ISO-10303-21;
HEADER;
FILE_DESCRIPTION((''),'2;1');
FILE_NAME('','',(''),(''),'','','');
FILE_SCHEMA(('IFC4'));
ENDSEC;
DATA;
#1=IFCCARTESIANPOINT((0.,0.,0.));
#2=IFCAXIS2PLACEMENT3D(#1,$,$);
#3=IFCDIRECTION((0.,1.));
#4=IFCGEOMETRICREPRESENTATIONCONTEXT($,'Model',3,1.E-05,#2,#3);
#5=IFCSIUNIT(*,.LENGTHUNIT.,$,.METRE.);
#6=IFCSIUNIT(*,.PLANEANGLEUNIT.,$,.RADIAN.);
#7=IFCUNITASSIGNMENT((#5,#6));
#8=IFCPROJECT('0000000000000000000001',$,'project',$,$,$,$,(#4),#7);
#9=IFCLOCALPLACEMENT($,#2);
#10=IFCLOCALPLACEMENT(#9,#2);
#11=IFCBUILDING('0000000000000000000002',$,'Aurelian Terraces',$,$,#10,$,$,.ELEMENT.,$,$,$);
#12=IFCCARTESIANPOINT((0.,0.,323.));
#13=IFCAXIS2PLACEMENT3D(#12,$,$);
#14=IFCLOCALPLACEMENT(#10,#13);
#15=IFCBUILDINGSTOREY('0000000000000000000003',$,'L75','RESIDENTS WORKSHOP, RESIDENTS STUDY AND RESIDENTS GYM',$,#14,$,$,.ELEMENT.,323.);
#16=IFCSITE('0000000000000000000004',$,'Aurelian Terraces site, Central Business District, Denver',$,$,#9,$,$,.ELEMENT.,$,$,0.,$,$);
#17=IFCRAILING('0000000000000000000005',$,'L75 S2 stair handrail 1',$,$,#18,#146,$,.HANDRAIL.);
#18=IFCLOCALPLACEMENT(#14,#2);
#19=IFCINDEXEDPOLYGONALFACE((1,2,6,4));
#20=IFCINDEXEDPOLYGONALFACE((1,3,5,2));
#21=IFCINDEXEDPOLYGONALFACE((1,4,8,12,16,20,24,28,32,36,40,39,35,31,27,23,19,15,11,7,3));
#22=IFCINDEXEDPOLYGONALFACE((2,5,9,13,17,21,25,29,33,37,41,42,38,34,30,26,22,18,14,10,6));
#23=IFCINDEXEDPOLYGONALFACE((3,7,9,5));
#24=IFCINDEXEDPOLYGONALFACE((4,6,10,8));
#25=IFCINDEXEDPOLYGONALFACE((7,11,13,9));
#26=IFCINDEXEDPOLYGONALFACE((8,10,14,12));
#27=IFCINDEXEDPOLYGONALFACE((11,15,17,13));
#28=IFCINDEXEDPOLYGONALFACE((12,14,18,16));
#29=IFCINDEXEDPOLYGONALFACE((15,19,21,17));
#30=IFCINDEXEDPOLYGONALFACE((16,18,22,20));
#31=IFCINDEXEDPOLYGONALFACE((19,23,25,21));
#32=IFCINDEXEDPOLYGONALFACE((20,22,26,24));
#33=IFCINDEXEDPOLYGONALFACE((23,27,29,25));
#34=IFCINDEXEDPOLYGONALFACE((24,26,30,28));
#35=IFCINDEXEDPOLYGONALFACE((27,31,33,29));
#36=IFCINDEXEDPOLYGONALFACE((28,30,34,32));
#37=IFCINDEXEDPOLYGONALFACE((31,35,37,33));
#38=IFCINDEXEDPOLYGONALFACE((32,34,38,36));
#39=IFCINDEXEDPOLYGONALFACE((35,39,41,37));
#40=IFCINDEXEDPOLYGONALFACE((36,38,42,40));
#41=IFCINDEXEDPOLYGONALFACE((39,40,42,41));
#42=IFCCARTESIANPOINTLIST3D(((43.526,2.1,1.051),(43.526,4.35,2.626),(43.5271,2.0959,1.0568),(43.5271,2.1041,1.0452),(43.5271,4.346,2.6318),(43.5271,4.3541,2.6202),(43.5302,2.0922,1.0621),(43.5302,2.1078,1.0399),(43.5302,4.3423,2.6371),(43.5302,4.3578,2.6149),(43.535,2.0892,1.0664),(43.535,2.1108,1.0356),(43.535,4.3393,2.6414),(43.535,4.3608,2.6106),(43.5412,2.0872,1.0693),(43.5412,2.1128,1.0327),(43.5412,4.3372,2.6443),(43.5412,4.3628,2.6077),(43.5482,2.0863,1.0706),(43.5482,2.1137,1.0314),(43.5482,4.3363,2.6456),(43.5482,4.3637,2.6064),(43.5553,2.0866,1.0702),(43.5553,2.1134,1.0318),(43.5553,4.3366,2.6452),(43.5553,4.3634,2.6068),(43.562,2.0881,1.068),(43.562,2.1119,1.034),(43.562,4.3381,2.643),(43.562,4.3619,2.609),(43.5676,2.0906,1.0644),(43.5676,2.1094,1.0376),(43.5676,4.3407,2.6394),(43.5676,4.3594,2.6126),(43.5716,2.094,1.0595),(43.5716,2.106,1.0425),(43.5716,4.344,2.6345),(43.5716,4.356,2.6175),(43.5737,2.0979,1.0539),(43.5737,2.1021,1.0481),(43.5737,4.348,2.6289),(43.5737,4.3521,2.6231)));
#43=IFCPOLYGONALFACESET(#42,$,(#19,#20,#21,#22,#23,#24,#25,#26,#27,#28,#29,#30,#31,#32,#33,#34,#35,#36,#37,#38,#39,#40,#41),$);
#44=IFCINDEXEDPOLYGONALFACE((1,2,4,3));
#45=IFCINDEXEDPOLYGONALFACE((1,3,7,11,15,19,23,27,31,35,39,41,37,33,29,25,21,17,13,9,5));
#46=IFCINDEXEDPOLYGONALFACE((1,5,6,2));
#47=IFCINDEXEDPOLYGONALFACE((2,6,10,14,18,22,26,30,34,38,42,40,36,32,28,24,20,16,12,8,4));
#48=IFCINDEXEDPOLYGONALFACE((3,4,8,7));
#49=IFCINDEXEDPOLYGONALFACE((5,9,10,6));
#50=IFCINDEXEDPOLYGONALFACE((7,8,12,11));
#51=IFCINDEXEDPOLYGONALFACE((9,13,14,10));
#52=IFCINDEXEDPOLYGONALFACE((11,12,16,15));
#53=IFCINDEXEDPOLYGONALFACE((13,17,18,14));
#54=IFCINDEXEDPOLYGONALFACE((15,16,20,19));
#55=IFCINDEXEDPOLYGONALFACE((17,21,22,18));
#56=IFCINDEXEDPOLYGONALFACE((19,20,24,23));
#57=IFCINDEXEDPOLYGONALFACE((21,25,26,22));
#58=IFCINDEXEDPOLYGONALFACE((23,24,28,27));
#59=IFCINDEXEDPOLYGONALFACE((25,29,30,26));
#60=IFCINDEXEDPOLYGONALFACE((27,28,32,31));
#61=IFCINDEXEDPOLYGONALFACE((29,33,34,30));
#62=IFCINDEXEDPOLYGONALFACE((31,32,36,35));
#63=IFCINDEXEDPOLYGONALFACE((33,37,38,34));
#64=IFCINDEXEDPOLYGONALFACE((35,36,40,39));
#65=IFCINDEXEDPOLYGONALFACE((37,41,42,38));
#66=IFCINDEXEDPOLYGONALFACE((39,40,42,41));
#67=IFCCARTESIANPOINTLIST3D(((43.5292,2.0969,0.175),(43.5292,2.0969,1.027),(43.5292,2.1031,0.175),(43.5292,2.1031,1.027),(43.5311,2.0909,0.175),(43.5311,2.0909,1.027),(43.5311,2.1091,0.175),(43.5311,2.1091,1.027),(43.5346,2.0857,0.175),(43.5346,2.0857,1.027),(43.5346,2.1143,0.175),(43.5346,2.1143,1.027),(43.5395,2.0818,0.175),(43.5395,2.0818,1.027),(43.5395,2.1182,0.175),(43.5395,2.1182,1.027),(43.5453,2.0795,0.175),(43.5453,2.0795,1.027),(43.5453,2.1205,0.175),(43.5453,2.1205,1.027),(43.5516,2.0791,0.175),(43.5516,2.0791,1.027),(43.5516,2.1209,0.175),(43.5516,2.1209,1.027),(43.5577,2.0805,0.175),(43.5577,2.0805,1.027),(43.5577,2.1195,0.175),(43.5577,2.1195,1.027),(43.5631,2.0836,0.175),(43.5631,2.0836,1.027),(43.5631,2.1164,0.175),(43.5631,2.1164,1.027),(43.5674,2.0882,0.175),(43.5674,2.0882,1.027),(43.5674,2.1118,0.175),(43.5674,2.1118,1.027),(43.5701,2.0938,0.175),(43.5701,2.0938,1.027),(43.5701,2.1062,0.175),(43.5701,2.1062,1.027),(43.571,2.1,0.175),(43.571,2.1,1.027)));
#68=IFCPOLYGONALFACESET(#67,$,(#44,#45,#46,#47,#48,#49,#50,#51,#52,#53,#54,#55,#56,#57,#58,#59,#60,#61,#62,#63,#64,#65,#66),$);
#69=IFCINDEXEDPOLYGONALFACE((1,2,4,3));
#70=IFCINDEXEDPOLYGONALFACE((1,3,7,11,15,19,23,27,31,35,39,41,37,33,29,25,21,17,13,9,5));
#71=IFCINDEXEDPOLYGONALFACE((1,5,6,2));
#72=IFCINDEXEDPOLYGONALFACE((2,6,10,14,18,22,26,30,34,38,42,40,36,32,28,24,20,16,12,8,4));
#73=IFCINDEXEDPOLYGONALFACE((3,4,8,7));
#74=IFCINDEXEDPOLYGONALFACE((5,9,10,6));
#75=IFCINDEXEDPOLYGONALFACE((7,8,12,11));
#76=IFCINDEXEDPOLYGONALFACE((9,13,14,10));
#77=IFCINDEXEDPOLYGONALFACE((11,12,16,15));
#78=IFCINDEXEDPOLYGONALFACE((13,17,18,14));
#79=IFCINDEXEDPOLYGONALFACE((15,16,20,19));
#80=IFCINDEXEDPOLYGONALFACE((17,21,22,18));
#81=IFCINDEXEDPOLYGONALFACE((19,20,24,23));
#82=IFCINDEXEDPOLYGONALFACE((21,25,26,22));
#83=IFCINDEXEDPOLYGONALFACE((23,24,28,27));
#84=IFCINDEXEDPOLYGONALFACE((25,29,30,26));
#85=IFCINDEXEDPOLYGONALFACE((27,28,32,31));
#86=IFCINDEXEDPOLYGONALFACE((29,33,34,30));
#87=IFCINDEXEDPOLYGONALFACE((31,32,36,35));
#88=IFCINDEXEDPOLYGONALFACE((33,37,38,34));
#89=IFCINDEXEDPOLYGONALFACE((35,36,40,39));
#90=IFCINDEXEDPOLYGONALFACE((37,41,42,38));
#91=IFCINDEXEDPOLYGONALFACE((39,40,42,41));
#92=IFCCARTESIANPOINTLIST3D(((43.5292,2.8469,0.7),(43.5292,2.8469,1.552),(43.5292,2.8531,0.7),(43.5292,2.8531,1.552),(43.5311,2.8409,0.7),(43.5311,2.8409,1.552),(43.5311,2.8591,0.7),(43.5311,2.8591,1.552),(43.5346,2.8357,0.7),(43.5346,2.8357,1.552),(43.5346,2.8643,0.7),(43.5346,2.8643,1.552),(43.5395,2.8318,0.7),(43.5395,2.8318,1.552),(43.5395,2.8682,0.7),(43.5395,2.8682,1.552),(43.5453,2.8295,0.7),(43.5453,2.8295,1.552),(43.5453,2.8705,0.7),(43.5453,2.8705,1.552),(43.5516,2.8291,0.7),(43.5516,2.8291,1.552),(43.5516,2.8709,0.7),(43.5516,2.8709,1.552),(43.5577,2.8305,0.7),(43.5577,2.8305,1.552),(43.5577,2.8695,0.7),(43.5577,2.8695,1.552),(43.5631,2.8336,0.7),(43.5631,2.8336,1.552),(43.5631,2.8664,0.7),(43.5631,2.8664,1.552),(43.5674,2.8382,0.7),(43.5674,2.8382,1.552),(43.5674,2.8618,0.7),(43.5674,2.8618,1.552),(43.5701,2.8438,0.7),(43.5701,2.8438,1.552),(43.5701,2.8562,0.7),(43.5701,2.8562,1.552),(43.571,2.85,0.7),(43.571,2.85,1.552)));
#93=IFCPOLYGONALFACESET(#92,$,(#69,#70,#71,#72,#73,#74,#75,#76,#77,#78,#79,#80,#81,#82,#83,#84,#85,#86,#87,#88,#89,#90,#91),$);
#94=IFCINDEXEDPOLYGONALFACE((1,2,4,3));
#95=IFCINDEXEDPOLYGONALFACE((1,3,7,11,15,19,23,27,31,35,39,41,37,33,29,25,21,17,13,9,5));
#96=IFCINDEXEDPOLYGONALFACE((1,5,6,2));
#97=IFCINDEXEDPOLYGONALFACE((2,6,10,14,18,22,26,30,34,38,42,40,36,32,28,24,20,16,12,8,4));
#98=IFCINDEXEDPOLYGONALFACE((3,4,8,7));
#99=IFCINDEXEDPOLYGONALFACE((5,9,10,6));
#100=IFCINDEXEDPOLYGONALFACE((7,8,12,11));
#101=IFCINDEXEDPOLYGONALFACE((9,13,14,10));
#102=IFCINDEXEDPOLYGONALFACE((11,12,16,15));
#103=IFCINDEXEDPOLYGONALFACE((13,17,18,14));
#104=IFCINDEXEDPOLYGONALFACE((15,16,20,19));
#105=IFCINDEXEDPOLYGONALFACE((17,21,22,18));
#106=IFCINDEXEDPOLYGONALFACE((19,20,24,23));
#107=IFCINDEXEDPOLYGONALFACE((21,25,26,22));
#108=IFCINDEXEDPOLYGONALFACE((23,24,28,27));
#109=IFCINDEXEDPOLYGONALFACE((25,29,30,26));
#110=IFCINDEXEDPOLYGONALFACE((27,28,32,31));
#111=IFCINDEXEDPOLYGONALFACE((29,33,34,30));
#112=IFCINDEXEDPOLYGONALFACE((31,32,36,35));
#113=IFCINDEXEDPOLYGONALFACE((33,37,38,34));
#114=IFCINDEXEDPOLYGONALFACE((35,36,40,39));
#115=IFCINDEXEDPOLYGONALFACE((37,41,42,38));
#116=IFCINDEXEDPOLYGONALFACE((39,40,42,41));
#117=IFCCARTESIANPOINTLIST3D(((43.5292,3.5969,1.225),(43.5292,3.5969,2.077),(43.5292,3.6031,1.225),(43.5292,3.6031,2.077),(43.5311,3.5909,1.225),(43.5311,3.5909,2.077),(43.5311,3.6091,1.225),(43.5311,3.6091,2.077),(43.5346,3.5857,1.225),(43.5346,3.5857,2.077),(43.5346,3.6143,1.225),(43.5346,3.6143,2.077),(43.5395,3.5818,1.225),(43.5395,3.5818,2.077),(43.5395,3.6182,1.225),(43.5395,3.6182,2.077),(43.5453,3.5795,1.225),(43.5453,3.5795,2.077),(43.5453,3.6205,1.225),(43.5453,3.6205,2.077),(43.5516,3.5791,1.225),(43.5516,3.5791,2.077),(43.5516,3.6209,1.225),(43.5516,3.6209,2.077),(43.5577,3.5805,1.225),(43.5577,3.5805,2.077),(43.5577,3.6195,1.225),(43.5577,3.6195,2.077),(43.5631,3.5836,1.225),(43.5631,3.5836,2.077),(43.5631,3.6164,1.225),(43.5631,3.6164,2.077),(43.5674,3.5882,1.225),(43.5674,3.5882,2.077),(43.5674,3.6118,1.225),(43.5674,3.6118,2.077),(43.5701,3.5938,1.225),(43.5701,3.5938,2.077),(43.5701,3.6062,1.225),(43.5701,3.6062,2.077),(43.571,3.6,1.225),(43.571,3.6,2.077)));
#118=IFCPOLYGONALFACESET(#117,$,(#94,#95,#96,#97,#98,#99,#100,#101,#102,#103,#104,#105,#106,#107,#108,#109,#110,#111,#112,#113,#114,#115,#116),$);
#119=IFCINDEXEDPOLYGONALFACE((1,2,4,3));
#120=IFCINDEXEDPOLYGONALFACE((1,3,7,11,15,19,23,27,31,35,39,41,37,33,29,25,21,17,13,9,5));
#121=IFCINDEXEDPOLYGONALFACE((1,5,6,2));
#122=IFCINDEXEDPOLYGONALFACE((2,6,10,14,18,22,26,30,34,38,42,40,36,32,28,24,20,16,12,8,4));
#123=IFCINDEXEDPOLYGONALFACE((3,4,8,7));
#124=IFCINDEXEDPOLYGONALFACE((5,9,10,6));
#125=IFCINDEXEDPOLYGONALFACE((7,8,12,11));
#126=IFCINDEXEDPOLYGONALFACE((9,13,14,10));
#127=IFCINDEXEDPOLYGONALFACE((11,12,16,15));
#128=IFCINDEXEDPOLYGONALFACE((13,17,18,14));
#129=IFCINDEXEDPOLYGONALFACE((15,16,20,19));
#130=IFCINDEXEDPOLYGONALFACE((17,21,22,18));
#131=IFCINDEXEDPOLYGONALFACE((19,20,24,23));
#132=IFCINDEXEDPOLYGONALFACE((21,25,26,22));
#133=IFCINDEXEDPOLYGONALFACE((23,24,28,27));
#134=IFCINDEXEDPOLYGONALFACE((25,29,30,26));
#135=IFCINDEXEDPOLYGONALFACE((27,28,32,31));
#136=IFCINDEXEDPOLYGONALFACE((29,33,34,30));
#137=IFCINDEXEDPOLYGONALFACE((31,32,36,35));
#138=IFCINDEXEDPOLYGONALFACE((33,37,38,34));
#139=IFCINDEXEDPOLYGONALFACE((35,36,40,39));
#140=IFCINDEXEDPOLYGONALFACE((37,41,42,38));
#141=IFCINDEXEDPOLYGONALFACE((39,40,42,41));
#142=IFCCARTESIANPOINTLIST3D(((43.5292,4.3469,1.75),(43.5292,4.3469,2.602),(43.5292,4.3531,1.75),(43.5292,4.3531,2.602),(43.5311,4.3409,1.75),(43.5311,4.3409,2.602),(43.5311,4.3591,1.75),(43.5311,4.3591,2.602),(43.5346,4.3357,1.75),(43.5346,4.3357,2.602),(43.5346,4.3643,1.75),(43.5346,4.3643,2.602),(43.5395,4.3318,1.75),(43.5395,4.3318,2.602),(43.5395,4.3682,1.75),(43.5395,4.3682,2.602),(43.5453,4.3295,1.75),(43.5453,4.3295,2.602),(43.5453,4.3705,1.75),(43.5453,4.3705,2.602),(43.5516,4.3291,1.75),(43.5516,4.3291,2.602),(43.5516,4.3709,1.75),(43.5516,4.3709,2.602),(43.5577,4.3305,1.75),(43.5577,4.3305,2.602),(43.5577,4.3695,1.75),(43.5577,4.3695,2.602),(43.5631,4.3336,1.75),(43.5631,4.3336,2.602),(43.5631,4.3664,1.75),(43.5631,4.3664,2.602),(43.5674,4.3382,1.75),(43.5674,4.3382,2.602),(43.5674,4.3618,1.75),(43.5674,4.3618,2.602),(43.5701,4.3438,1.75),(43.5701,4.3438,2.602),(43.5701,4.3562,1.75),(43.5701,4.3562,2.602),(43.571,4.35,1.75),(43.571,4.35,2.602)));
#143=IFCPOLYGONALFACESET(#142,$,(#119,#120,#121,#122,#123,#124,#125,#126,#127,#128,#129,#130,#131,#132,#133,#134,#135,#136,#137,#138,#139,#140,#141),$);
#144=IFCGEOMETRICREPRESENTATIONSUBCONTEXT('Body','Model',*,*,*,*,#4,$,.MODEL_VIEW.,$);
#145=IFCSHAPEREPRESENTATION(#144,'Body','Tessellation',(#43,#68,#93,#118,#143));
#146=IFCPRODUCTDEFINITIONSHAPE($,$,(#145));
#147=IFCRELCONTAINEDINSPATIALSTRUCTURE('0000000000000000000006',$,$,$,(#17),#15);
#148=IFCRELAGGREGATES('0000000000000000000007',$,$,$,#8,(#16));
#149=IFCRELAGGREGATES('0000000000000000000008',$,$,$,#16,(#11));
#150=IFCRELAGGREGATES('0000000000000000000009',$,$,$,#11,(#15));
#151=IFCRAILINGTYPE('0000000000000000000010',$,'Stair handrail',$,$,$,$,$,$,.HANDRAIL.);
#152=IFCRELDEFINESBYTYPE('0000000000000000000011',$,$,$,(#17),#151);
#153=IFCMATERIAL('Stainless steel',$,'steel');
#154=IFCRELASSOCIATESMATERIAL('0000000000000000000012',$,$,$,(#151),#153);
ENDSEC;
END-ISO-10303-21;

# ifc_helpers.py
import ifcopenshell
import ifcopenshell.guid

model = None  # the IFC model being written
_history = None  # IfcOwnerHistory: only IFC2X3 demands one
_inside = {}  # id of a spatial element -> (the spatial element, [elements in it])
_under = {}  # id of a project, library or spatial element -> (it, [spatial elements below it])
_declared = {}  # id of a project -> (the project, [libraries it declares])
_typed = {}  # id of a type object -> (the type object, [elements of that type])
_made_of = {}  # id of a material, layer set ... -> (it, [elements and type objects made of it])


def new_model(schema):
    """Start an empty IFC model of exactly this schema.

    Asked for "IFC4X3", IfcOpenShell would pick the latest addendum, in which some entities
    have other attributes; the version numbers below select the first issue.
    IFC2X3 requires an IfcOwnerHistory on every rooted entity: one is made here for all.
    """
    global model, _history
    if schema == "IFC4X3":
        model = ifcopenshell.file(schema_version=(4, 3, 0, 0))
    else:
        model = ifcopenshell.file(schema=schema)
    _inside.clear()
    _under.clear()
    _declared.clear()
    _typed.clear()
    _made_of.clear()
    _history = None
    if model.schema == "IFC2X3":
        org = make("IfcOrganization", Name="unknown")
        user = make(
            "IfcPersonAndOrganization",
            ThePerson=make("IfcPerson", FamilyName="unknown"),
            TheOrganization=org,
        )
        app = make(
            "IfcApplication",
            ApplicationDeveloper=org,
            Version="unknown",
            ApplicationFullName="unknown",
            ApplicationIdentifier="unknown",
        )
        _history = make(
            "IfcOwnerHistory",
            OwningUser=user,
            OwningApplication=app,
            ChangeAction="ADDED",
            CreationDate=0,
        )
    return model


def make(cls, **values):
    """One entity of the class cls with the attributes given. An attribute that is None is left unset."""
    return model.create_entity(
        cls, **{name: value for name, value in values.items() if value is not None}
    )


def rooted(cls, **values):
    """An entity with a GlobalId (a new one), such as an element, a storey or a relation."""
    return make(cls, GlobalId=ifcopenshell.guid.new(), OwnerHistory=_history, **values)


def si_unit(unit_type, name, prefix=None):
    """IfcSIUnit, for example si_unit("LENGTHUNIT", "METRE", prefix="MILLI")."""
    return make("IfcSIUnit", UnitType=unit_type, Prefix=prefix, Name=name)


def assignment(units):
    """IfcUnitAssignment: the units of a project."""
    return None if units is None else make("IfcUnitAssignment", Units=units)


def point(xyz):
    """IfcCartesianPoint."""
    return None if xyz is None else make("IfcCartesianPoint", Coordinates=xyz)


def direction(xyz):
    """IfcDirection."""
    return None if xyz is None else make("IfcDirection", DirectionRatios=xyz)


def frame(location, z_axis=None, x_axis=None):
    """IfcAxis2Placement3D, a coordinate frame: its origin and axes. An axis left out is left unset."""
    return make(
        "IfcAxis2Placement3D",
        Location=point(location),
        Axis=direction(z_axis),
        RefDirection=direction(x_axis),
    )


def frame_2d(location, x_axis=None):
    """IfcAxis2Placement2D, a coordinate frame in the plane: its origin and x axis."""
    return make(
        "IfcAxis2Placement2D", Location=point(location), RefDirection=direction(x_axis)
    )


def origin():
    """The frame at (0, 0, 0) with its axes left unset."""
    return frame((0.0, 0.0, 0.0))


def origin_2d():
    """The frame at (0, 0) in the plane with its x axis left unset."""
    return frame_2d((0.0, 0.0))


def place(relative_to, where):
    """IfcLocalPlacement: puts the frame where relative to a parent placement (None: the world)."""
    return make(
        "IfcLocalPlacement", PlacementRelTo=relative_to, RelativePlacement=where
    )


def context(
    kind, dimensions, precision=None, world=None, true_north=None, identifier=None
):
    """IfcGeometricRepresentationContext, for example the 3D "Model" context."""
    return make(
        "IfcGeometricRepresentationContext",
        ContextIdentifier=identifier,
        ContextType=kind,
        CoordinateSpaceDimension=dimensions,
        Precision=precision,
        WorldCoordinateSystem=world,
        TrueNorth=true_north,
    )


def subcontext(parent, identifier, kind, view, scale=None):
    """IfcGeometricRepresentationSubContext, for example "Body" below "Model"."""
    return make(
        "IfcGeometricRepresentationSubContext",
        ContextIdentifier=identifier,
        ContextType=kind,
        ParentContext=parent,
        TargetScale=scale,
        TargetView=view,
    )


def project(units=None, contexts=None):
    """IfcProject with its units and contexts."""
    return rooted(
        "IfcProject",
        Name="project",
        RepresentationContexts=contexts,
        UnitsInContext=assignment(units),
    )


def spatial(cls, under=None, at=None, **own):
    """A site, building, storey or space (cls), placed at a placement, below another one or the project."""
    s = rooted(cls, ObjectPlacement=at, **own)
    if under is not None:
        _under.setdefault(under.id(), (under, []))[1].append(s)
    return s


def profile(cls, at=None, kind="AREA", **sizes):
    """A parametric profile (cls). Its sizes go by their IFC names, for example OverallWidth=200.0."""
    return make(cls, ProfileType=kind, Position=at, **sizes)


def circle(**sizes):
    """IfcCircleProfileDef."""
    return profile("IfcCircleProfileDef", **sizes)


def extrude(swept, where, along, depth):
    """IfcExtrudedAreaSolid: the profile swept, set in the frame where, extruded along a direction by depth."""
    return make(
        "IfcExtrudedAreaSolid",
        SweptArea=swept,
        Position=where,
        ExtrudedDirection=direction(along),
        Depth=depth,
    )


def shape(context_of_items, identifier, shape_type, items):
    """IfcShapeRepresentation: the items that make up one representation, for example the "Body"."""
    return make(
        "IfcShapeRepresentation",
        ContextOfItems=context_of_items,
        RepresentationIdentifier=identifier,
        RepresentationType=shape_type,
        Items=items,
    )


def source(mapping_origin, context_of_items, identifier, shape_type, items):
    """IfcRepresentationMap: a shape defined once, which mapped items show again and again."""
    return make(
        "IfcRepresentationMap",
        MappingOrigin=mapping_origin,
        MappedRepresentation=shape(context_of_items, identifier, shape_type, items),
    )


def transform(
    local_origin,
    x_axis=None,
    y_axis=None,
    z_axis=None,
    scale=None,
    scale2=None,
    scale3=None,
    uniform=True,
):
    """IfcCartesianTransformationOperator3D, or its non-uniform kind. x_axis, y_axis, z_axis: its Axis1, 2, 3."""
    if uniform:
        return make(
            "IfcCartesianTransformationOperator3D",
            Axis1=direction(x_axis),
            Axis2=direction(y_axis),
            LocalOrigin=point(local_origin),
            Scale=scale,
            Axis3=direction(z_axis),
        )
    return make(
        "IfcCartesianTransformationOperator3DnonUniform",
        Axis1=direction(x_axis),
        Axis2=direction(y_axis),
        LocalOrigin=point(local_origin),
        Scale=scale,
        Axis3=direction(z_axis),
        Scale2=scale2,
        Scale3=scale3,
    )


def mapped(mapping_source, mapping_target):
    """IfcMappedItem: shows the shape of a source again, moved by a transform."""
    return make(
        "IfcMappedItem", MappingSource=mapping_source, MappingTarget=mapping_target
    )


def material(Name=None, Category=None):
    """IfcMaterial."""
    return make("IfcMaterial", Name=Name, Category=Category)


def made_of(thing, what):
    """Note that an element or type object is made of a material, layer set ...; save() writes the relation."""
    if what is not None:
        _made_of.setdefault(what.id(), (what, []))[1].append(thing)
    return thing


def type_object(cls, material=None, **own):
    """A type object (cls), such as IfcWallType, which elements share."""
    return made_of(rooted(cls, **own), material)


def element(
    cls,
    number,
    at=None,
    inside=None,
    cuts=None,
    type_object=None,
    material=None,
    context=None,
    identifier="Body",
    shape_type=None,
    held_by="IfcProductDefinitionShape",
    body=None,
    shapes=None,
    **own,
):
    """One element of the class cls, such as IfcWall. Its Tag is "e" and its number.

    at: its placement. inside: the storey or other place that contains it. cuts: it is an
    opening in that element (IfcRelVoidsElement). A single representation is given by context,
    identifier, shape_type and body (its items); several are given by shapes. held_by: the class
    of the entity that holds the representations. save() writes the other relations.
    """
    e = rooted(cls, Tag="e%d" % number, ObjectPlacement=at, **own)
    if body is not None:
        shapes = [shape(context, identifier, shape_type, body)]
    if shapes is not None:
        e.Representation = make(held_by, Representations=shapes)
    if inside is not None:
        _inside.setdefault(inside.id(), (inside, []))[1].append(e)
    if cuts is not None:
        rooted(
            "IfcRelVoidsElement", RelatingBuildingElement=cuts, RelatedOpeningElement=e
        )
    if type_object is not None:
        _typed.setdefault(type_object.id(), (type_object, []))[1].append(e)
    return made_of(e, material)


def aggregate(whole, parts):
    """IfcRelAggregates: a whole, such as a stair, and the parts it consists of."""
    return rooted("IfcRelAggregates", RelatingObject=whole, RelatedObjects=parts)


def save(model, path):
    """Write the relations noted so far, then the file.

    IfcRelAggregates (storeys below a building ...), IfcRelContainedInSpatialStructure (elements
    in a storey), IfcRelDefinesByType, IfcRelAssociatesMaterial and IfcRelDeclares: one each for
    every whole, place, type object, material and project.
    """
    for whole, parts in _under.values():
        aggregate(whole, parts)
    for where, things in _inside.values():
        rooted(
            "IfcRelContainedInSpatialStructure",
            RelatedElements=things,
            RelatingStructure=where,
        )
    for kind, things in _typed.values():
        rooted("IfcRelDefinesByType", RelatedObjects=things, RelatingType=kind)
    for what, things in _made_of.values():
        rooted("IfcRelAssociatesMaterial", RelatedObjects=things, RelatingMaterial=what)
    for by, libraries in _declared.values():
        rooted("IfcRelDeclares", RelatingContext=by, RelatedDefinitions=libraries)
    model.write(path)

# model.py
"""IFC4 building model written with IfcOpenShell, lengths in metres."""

from ifc_helpers import new_model, si_unit, direction, frame, origin, origin_2d, place, context, subcontext, project, spatial, circle, extrude, source, transform, mapped, material, type_object, element, save


model = new_model("IFC4")

# Units and contexts
model_context = context("Model", 3, precision=1e-05, world=origin(), true_north=direction((0.0, 1.0)))
body_context = subcontext(model_context, "Body", "Model", "MODEL_VIEW")
ifc_project = project(units=[si_unit("LENGTHUNIT", "METRE"), si_unit("PLANEANGLEUNIT", "RADIAN")], contexts=[model_context])

# Site, building, storey
site_placement = place(None, origin())
site = spatial("IfcSite", under=ifc_project, at=site_placement, Name="Aurelian Terraces site, Central Business District, Denver", CompositionType="ELEMENT", RefElevation=0.0)
building_placement = place(site_placement, origin())
building = spatial("IfcBuilding", under=site, at=building_placement, Name="Aurelian Terraces", CompositionType="ELEMENT")
storey_placement = place(building_placement, frame((0.0, 0.0, 323.0)))
storey = spatial("IfcBuildingStorey", under=building, at=storey_placement, Name="L75", Description="RESIDENTS WORKSHOP, RESIDENTS STUDY AND RESIDENTS GYM", CompositionType="ELEMENT", Elevation=323.0)

# Railing
ifc_material_1 = material(Name="Stainless steel", Category="steel")
railing_type_1 = type_object("IfcRailingType", Name="Stair handrail", PredefinedType="HANDRAIL", material=ifc_material_1)
shared_shape_1 = source(origin(), body_context, "Body", "SweptSolid", [
    extrude(circle(Radius=0.024, at=origin_2d()), frame((0.0, 0.0, 0.876), z_axis=(0.0, 0.819232, 0.573462), x_axis=(-1.0, 0.0, 0.0)), (0.0, 0.0, 1.0), 2.7465),
    extrude(circle(Radius=0.021, at=origin_2d()), origin(), (0.0, 0.0, 1.0), 0.852),
    extrude(circle(Radius=0.021, at=origin_2d()), frame((0.0, 0.75, 0.525)), (0.0, 0.0, 1.0), 0.852),
    extrude(circle(Radius=0.021, at=origin_2d()), frame((0.0, 1.5, 1.05)), (0.0, 0.0, 1.0), 0.852),
    extrude(circle(Radius=0.021, at=origin_2d()), frame((0.0, 2.25, 1.575)), (0.0, 0.0, 1.0), 0.852),
])
railing_1_placement = place(storey_placement, frame((43.55, 2.1, 0.175)))
element("IfcRailing", 1, at=railing_1_placement, inside=storey, type_object=railing_type_1, Name="L75 S2 stair handrail 1", PredefinedType="HANDRAIL", context=body_context, shape_type="MappedRepresentation", body=[
    mapped(shared_shape_1, transform((0.0, 0.0, 0.0), scale=1.0)),
])

save(model, "model.ifc")
